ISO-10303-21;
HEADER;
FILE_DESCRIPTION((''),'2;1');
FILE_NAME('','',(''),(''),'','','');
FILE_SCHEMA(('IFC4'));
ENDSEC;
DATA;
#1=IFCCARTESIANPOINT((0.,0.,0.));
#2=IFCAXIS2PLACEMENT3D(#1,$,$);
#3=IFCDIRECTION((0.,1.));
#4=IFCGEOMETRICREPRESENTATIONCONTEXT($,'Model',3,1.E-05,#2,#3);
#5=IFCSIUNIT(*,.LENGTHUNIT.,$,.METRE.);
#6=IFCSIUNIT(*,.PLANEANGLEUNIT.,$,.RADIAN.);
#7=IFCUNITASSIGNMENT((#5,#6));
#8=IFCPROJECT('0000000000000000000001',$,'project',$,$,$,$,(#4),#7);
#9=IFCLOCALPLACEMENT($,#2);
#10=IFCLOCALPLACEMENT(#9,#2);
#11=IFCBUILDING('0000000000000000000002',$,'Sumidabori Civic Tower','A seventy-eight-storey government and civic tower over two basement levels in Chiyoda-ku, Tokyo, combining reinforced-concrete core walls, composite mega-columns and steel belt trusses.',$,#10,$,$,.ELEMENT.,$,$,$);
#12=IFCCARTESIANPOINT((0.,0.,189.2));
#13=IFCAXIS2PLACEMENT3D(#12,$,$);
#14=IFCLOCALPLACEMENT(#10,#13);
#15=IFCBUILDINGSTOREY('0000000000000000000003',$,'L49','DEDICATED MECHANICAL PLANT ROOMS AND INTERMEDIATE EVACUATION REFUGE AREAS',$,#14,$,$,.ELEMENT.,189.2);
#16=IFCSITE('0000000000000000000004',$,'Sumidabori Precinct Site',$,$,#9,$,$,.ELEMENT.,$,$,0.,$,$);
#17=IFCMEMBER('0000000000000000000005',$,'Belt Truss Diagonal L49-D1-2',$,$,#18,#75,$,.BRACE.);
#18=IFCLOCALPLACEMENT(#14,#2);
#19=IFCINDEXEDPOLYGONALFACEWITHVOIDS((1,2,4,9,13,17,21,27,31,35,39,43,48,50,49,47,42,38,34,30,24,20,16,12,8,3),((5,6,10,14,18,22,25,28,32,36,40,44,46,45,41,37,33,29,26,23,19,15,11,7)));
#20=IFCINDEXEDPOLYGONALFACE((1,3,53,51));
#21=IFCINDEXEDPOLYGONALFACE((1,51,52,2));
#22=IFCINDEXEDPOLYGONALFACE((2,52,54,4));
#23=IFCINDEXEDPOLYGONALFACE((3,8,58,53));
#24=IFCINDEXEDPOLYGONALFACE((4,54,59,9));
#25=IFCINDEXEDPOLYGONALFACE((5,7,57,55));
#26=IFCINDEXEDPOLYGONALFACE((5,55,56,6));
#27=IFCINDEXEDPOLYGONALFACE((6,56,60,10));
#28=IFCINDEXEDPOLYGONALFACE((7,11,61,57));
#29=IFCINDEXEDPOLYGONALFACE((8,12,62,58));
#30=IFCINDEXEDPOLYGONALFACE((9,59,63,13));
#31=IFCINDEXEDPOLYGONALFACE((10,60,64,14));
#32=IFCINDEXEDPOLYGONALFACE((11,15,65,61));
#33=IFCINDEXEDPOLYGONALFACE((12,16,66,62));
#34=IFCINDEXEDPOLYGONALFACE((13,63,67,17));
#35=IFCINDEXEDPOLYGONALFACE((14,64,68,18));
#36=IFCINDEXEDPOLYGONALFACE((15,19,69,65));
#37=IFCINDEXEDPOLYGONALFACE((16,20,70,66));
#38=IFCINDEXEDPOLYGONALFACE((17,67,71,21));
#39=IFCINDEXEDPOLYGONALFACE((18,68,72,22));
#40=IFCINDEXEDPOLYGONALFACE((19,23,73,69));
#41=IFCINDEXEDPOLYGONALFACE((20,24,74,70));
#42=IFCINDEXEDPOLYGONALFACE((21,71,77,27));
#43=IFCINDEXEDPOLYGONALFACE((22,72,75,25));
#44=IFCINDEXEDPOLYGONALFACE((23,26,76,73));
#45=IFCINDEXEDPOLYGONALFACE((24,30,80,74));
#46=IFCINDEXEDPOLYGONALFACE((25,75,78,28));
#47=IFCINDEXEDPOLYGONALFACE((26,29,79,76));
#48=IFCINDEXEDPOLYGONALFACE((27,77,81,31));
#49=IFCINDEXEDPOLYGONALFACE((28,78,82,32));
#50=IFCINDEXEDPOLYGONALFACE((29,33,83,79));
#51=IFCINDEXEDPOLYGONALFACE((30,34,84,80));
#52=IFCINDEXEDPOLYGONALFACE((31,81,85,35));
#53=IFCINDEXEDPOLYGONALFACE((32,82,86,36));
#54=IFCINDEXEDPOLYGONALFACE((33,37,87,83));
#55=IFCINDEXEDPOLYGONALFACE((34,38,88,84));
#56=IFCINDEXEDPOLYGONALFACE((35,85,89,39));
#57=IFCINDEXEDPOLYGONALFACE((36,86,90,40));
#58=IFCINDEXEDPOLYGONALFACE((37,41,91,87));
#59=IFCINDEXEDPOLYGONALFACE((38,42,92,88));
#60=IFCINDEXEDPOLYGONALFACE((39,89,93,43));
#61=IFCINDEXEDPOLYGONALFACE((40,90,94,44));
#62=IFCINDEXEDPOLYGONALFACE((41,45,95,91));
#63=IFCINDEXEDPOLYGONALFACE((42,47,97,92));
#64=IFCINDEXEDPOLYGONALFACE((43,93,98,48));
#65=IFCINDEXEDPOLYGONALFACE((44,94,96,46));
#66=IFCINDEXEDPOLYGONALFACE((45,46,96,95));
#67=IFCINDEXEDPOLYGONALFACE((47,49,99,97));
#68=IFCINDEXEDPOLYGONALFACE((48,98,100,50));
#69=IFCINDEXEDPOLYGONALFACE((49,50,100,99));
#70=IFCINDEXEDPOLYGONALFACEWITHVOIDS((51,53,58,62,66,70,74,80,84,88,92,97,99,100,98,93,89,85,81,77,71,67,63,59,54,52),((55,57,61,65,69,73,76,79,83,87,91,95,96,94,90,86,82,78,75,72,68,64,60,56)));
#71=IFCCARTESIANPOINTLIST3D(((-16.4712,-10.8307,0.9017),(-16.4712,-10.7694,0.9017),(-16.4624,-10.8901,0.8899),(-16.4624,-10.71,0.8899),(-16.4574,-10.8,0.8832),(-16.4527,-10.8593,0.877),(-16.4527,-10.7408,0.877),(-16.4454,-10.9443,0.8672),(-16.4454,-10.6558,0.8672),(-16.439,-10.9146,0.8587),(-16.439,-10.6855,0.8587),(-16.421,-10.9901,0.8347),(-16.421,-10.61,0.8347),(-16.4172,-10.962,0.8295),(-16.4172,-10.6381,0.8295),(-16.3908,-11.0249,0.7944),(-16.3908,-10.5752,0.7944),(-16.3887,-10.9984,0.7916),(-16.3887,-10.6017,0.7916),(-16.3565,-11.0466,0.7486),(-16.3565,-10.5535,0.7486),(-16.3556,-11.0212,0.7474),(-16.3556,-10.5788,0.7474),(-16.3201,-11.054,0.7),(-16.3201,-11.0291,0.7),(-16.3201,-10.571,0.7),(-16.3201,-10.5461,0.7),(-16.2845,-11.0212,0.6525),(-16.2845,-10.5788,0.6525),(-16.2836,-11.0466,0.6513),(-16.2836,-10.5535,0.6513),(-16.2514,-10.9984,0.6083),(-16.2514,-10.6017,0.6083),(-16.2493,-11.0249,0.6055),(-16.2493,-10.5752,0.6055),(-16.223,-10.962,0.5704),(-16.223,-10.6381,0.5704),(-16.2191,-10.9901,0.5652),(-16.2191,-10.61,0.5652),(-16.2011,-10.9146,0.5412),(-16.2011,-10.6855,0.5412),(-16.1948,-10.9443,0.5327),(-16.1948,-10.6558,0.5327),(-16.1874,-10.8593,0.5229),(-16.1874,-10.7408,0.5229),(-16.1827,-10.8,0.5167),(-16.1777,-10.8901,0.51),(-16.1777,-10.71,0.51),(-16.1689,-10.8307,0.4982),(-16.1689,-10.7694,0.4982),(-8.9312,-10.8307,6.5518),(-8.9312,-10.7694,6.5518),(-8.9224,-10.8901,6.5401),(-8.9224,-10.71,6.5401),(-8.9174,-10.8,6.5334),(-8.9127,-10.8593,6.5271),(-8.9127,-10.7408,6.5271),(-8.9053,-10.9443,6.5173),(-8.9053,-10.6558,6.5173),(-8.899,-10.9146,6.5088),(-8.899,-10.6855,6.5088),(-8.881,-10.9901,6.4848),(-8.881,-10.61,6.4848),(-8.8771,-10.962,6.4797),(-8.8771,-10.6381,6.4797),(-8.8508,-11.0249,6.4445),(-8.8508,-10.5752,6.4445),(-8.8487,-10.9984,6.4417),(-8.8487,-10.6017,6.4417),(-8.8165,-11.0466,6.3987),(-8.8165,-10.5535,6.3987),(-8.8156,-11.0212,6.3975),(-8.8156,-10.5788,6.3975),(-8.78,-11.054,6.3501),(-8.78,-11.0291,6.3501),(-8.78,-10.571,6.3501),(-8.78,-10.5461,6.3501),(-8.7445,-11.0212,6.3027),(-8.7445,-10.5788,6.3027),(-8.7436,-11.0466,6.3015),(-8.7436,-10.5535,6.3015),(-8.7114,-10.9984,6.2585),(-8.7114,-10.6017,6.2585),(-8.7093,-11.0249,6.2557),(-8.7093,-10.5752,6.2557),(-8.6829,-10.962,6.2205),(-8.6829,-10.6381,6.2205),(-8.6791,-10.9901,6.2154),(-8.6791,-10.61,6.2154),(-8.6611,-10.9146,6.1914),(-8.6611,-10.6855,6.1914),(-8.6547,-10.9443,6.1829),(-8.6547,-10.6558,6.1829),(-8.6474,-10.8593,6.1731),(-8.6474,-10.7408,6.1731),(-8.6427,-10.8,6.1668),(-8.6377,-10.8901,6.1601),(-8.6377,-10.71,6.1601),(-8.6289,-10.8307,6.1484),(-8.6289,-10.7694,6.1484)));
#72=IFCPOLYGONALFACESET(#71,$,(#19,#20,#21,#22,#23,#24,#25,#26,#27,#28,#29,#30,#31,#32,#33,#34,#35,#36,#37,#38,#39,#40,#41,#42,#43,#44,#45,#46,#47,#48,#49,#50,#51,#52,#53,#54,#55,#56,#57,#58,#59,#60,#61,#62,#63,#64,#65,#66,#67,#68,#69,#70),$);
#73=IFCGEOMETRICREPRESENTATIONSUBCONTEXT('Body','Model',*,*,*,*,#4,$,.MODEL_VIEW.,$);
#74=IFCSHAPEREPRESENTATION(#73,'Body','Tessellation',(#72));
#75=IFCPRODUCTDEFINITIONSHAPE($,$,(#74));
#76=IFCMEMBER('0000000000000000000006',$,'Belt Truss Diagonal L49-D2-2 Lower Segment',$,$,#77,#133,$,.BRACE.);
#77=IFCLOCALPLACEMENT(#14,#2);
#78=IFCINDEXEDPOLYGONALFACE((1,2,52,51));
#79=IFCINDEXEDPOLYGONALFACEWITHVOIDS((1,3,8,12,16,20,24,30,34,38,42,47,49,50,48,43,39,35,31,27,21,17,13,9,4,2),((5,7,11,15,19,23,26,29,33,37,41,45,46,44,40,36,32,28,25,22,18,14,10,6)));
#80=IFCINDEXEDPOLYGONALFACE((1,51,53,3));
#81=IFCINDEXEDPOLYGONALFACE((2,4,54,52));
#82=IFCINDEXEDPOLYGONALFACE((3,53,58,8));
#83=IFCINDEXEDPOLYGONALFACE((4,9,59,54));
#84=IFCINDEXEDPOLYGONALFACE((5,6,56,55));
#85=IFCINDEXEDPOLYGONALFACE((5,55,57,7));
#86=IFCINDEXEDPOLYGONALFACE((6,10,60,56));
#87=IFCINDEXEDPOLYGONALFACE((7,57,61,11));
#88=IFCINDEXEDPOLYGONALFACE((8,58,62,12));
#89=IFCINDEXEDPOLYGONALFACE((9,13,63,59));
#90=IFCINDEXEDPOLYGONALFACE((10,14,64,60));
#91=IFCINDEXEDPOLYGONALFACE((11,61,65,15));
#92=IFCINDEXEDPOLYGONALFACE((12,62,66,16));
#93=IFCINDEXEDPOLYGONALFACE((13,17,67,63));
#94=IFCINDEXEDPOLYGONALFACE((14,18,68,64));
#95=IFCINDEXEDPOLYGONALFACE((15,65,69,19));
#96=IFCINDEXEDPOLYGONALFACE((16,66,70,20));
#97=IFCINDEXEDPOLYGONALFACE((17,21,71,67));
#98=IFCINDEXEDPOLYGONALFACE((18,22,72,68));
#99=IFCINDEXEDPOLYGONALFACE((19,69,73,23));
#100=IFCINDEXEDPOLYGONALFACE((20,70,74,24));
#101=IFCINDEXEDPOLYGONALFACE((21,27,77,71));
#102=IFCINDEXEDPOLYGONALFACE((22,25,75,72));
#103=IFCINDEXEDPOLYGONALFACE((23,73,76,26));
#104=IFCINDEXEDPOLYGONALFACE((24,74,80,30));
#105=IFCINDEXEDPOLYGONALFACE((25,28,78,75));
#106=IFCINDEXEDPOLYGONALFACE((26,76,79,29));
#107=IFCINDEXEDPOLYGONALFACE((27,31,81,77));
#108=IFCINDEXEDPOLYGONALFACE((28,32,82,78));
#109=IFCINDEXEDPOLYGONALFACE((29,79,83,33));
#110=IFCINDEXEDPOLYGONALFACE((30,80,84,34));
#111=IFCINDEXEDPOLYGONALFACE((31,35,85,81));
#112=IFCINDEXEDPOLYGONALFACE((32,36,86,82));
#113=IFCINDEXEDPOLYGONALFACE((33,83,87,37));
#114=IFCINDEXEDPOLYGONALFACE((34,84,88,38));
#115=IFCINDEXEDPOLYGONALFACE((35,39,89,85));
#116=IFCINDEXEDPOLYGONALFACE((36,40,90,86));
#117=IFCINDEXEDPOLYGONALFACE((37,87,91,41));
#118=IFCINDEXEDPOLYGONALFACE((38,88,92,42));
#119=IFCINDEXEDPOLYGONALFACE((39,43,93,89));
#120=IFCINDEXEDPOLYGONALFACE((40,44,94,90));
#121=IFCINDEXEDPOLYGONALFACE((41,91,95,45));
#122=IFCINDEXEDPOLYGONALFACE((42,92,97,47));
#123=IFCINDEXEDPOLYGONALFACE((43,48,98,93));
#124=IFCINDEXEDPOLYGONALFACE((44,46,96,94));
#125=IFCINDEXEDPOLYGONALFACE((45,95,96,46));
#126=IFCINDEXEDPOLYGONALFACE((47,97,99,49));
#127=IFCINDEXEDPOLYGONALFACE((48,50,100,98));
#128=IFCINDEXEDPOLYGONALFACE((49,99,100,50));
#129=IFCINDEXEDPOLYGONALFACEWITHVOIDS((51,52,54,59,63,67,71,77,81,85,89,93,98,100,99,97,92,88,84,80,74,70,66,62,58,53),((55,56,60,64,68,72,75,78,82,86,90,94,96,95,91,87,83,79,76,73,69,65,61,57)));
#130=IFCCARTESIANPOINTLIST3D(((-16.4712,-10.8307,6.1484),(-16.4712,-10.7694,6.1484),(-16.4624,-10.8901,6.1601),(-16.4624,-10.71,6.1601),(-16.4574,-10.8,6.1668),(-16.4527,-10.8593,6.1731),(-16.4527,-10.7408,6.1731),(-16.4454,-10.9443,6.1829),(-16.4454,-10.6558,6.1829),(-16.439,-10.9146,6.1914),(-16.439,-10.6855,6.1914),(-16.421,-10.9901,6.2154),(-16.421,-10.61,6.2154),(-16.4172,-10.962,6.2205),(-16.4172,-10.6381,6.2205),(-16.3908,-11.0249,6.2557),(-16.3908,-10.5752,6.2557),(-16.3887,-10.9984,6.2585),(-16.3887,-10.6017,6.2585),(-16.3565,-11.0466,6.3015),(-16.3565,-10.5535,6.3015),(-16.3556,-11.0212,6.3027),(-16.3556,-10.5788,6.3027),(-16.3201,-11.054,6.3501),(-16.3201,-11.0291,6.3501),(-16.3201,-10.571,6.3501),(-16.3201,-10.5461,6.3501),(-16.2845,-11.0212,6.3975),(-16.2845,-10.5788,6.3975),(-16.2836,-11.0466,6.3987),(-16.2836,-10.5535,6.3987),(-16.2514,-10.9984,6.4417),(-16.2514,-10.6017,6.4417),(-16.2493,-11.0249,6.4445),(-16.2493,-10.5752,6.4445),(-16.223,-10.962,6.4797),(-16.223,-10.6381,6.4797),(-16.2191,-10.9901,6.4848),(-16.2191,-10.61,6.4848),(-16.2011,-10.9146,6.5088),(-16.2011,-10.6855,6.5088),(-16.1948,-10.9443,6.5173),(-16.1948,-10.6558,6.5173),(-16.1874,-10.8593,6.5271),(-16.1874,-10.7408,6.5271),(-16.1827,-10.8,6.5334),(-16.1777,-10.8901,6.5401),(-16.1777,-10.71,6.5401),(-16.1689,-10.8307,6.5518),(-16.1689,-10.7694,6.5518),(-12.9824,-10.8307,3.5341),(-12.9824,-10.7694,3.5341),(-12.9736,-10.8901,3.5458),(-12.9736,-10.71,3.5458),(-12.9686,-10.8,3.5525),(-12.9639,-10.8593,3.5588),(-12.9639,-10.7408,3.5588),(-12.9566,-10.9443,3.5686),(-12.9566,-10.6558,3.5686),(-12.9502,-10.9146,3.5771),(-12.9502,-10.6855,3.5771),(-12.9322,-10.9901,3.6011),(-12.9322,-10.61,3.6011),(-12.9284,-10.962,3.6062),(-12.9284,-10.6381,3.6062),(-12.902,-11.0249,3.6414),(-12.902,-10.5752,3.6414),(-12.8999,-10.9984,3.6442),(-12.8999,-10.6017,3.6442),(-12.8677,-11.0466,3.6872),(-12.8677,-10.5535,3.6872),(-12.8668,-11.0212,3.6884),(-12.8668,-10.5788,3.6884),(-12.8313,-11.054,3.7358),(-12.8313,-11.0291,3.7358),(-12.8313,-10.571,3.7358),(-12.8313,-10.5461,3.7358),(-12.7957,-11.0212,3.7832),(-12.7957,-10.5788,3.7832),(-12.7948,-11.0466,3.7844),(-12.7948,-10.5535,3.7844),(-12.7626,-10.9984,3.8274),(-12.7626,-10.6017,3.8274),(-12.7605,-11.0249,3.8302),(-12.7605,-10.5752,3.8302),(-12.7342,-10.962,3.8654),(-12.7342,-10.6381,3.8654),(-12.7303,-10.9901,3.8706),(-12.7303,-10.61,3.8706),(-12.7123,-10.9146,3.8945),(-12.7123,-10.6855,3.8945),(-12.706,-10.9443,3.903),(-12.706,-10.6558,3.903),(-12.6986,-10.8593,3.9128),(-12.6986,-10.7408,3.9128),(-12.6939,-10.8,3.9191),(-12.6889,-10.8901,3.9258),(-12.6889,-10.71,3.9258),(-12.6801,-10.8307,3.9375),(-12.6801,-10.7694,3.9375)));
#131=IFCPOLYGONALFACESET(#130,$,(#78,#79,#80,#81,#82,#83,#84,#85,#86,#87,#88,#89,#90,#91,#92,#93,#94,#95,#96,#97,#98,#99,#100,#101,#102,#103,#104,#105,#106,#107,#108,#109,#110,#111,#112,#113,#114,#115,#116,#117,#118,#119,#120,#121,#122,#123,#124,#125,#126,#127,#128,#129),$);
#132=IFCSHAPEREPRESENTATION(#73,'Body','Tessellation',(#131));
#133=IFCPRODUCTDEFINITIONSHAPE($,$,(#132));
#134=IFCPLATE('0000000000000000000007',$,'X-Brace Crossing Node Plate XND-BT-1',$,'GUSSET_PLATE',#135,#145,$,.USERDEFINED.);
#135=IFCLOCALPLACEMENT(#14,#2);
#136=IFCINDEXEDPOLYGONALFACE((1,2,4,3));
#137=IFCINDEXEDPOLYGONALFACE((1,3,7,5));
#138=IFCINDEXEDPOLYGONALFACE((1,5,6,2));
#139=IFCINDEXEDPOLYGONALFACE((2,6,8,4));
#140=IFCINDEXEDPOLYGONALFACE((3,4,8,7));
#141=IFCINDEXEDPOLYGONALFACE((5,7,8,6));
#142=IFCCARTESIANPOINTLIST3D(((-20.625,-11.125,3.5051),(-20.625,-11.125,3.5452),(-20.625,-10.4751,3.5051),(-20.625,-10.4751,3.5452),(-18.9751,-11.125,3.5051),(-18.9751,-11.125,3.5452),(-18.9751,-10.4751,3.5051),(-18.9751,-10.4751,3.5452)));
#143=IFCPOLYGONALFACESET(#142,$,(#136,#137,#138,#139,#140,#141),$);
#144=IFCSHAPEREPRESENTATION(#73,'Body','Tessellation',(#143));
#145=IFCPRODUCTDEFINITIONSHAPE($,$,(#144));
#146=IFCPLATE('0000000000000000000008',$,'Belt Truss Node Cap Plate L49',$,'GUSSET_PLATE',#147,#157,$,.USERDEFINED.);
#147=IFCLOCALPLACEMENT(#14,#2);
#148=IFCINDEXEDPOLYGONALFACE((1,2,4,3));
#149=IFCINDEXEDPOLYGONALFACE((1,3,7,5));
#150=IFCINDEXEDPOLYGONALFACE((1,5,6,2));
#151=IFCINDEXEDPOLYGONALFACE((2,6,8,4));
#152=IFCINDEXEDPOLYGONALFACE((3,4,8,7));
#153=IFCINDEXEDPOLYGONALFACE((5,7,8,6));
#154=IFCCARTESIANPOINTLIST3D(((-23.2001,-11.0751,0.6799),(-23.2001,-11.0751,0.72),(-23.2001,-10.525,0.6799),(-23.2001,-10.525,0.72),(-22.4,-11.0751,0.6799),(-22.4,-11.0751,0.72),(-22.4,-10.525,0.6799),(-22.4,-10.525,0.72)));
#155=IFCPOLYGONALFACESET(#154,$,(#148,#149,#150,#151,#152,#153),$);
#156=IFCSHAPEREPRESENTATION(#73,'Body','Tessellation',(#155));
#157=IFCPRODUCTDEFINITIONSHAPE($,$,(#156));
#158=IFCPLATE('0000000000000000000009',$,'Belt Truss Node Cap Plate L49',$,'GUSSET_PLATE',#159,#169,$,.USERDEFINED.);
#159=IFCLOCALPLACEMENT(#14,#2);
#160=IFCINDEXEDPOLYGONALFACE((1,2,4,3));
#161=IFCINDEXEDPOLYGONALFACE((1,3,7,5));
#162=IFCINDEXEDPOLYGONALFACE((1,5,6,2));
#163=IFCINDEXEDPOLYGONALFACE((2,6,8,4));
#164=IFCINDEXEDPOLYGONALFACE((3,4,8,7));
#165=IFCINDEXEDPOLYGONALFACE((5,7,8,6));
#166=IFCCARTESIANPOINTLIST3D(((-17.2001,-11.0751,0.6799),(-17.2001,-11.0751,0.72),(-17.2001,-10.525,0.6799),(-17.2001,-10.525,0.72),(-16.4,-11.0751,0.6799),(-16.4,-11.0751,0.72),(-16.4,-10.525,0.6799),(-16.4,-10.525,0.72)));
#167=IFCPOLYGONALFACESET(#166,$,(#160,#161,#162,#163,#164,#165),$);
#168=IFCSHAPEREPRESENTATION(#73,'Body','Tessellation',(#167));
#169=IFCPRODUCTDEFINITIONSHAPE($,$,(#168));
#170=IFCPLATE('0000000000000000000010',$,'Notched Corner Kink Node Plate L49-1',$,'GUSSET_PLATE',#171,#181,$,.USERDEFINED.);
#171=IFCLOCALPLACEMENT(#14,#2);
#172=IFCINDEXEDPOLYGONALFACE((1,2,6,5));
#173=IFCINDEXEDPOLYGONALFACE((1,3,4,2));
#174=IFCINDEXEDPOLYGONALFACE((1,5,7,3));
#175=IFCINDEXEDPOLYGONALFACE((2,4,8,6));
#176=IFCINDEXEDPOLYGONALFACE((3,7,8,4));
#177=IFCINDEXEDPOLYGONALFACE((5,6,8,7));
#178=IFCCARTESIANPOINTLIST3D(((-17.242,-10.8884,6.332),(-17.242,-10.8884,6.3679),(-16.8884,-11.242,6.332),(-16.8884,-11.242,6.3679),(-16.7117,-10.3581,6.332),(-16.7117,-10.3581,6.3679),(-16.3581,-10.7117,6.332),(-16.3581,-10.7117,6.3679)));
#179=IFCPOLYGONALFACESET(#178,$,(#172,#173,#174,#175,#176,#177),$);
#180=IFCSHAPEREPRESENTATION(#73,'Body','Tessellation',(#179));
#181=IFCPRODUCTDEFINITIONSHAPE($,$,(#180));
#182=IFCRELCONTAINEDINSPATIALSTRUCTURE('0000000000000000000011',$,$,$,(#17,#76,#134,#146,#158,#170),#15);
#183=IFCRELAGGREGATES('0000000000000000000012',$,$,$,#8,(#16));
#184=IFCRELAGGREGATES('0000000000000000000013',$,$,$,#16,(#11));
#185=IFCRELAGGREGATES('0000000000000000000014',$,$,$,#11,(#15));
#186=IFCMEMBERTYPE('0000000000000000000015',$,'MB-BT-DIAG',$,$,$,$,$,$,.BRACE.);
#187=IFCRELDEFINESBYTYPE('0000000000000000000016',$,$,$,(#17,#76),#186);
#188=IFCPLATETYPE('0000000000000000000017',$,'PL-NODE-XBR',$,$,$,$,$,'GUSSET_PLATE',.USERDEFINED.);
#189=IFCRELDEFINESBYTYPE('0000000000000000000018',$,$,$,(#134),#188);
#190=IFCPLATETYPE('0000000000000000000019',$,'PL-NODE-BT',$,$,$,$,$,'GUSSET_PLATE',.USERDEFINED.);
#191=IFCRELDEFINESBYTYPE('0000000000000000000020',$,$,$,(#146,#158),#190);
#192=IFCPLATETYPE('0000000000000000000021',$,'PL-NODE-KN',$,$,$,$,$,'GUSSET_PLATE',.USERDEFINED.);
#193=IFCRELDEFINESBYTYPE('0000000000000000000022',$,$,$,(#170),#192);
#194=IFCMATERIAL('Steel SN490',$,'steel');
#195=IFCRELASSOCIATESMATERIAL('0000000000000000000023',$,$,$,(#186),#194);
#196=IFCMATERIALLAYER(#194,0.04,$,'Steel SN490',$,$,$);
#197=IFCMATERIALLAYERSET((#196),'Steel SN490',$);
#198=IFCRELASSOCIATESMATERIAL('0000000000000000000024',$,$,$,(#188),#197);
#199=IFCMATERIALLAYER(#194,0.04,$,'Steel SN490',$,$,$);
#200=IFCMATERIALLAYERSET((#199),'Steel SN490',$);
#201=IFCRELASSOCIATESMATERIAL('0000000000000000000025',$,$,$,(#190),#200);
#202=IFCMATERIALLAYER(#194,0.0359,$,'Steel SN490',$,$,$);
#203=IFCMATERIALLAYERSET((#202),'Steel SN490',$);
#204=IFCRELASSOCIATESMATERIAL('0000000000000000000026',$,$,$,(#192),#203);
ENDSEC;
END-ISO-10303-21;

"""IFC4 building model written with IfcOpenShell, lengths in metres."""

from ifc_helpers import new_model, si_unit, direction, frame, origin, origin_2d, place, context, subcontext, project, spatial, rectangle, hollow_circle, extrude, source, transform, mapped, material, layer, layer_set, material_profile, profile_set, type_object, element, save


model = new_model("IFC4")

# Units and contexts
model_context = context("Model", 3, precision=1e-05, world=origin(), true_north=direction((0.0, 1.0)))
body_context = subcontext(model_context, "Body", "Model", "MODEL_VIEW")
ifc_project = project(units=[si_unit("LENGTHUNIT", "METRE"), si_unit("PLANEANGLEUNIT", "RADIAN")], contexts=[model_context])

# Site, building, storey
site_placement = place(None, origin())
site = spatial("IfcSite", under=ifc_project, at=site_placement, Name="Sumidabori Precinct Site", CompositionType="ELEMENT", RefElevation=0.0)
building_placement = place(site_placement, origin())
building = spatial("IfcBuilding", under=site, at=building_placement, Name="Sumidabori Civic Tower", Description="A seventy-eight-storey government and civic tower over two basement levels in Chiyoda-ku, Tokyo, combining reinforced-concrete core walls, composite mega-columns and steel belt trusses.", CompositionType="ELEMENT")
storey_placement = place(building_placement, frame((0.0, 0.0, 189.2)))
storey = spatial("IfcBuildingStorey", under=building, at=storey_placement, Name="L49", Description="DEDICATED MECHANICAL PLANT ROOMS AND INTERMEDIATE EVACUATION REFUGE AREAS", CompositionType="ELEMENT", Elevation=189.2)

# Shared definitions
ifc_material_1 = material(Name="Steel SN490", Category="steel")

# Shared definitions
ifc_material_profile_1 = material_profile(ifc_material_1, hollow_circle(Radius=0.2539, WallThickness=0.0249, at=origin_2d()), Name="CHS 508x25")
ifc_profile_set_1 = profile_set([ifc_material_profile_1], Name="Steel SN490")
member_type = type_object("IfcMemberType", Name="MB-BT-DIAG", PredefinedType="BRACE", material=ifc_profile_set_1)

# Members
shared_shape_1 = source(origin(), body_context, "Body", "SweptSolid", [
    extrude(hollow_circle(Radius=0.2539, WallThickness=0.0249, at=origin_2d()), origin(), (0.0, 0.0, 1.0), 9.4221),
])
member_1_placement = place(storey_placement, frame((-16.3201, -10.8, 0.7), z_axis=(0.800249, 0.0, 0.599668), x_axis=(0.0, 1.0, 0.0)))
element("IfcMember", 1, at=member_1_placement, inside=storey, type_object=member_type, Name="Belt Truss Diagonal L49-D1-2", PredefinedType="BRACE", context=body_context, shape_type="MappedRepresentation", body=[
    mapped(shared_shape_1, transform((0.0, 0.0, 0.0), x_axis=(1.0, 0.0, 0.0), y_axis=(0.0, 1.0, 0.0), z_axis=(0.0, 0.0, 1.0), scale=1.0)),
])
shared_shape_2 = source(origin(), body_context, "Body", "SweptSolid", [
    extrude(hollow_circle(Radius=0.2539, WallThickness=0.0249, at=origin_2d()), origin(), (0.0, 0.0, 1.0), 4.3596),
])
member_2_placement = place(storey_placement, frame((-16.3201, -10.8, 6.3501), z_axis=(0.800255, 0.0, -0.599659), x_axis=(0.0, 1.0, 0.0)))
element("IfcMember", 2, at=member_2_placement, inside=storey, type_object=member_type, Name="Belt Truss Diagonal L49-D2-2 Lower Segment", PredefinedType="BRACE", context=body_context, shape_type="MappedRepresentation", body=[
    mapped(shared_shape_2, transform((0.0, 0.0, 0.0), x_axis=(1.0, 0.0, 0.0), y_axis=(0.0, 1.0, 0.0), z_axis=(0.0, 0.0, 1.0), scale=1.0)),
])

# Plates
ifc_layer_1 = layer(ifc_material_1, 0.04, Name="Steel SN490")
ifc_layer_set_1 = layer_set([ifc_layer_1], Name="Steel SN490")
plate_type_1 = type_object("IfcPlateType", Name="PL-NODE-XBR", ElementType="GUSSET_PLATE", PredefinedType="USERDEFINED", material=ifc_layer_set_1)
shared_shape_3 = source(origin(), body_context, "Body", "SweptSolid", [
    extrude(rectangle(XDim=1.6499, YDim=0.6499, at=origin_2d()), origin(), (0.0, 0.0, 1.0), 0.04),
])
plate_1_placement = place(storey_placement, frame((-19.8, -10.8, 3.5051), z_axis=(0.0, 0.0, 1.0), x_axis=(1.0, 0.0, 0.0)))
element("IfcPlate", 3, at=plate_1_placement, inside=storey, type_object=plate_type_1, Name="X-Brace Crossing Node Plate XND-BT-1", ObjectType="GUSSET_PLATE", PredefinedType="USERDEFINED", context=body_context, shape_type="MappedRepresentation", body=[
    mapped(shared_shape_3, transform((0.0, 0.0, 0.0), x_axis=(1.0, 0.0, 0.0), y_axis=(0.0, 1.0, 0.0), z_axis=(0.0, 0.0, 1.0), scale=1.0)),
])
ifc_layer_2 = layer(ifc_material_1, 0.04, Name="Steel SN490")
ifc_layer_set_2 = layer_set([ifc_layer_2], Name="Steel SN490")
plate_type_2 = type_object("IfcPlateType", Name="PL-NODE-BT", ElementType="GUSSET_PLATE", PredefinedType="USERDEFINED", material=ifc_layer_set_2)
shared_shape_4 = source(origin(), body_context, "Body", "SweptSolid", [
    extrude(rectangle(XDim=0.8, YDim=0.55, at=origin_2d()), origin(), (0.0, 0.0, 1.0), 0.04),
])
for number, where, z_axis, x_axis, name in (
    (4, (-22.8, -10.8, 0.6799), (0.0, 0.0, 1.0), (1.0, 0.0, 0.0), "Belt Truss Node Cap Plate L49"),
    (5, (-16.8, -10.8, 0.6799), (0.0, 0.0, 1.0), (1.0, 0.0, 0.0), "Belt Truss Node Cap Plate L49"),
):
    element("IfcPlate", number, at=place(storey_placement, frame(where, z_axis=z_axis, x_axis=x_axis)), inside=storey, type_object=plate_type_2, Name=name, ObjectType="GUSSET_PLATE", PredefinedType="USERDEFINED", context=body_context, shape_type="MappedRepresentation", body=[
        mapped(shared_shape_4, transform((0.0, 0.0, 0.0), x_axis=(1.0, 0.0, 0.0), y_axis=(0.0, 1.0, 0.0), z_axis=(0.0, 0.0, 1.0), scale=1.0)),
    ])
ifc_layer_3 = layer(ifc_material_1, 0.0359, Name="Steel SN490")
ifc_layer_set_3 = layer_set([ifc_layer_3], Name="Steel SN490")
plate_type_3 = type_object("IfcPlateType", Name="PL-NODE-KN", ElementType="GUSSET_PLATE", PredefinedType="USERDEFINED", material=ifc_layer_set_3)
shared_shape_5 = source(origin(), body_context, "Body", "SweptSolid", [
    extrude(rectangle(XDim=0.75, YDim=0.5, at=origin_2d()), origin(), (0.0, 0.0, 1.0), 0.0359),
])
plate_2_placement = place(storey_placement, frame((-16.8, -10.8, 6.332), z_axis=(0.0, 0.0, 1.0), x_axis=(0.707107, 0.707107, 0.0)))
element("IfcPlate", 6, at=plate_2_placement, inside=storey, type_object=plate_type_3, Name="Notched Corner Kink Node Plate L49-1", ObjectType="GUSSET_PLATE", PredefinedType="USERDEFINED", context=body_context, shape_type="MappedRepresentation", body=[
    mapped(shared_shape_5, transform((0.0, 0.0, 0.0), x_axis=(1.0, 0.0, 0.0), y_axis=(0.0, 1.0, 0.0), z_axis=(0.0, 0.0, 1.0), scale=1.0)),
])

save(model, "model.ifc")
